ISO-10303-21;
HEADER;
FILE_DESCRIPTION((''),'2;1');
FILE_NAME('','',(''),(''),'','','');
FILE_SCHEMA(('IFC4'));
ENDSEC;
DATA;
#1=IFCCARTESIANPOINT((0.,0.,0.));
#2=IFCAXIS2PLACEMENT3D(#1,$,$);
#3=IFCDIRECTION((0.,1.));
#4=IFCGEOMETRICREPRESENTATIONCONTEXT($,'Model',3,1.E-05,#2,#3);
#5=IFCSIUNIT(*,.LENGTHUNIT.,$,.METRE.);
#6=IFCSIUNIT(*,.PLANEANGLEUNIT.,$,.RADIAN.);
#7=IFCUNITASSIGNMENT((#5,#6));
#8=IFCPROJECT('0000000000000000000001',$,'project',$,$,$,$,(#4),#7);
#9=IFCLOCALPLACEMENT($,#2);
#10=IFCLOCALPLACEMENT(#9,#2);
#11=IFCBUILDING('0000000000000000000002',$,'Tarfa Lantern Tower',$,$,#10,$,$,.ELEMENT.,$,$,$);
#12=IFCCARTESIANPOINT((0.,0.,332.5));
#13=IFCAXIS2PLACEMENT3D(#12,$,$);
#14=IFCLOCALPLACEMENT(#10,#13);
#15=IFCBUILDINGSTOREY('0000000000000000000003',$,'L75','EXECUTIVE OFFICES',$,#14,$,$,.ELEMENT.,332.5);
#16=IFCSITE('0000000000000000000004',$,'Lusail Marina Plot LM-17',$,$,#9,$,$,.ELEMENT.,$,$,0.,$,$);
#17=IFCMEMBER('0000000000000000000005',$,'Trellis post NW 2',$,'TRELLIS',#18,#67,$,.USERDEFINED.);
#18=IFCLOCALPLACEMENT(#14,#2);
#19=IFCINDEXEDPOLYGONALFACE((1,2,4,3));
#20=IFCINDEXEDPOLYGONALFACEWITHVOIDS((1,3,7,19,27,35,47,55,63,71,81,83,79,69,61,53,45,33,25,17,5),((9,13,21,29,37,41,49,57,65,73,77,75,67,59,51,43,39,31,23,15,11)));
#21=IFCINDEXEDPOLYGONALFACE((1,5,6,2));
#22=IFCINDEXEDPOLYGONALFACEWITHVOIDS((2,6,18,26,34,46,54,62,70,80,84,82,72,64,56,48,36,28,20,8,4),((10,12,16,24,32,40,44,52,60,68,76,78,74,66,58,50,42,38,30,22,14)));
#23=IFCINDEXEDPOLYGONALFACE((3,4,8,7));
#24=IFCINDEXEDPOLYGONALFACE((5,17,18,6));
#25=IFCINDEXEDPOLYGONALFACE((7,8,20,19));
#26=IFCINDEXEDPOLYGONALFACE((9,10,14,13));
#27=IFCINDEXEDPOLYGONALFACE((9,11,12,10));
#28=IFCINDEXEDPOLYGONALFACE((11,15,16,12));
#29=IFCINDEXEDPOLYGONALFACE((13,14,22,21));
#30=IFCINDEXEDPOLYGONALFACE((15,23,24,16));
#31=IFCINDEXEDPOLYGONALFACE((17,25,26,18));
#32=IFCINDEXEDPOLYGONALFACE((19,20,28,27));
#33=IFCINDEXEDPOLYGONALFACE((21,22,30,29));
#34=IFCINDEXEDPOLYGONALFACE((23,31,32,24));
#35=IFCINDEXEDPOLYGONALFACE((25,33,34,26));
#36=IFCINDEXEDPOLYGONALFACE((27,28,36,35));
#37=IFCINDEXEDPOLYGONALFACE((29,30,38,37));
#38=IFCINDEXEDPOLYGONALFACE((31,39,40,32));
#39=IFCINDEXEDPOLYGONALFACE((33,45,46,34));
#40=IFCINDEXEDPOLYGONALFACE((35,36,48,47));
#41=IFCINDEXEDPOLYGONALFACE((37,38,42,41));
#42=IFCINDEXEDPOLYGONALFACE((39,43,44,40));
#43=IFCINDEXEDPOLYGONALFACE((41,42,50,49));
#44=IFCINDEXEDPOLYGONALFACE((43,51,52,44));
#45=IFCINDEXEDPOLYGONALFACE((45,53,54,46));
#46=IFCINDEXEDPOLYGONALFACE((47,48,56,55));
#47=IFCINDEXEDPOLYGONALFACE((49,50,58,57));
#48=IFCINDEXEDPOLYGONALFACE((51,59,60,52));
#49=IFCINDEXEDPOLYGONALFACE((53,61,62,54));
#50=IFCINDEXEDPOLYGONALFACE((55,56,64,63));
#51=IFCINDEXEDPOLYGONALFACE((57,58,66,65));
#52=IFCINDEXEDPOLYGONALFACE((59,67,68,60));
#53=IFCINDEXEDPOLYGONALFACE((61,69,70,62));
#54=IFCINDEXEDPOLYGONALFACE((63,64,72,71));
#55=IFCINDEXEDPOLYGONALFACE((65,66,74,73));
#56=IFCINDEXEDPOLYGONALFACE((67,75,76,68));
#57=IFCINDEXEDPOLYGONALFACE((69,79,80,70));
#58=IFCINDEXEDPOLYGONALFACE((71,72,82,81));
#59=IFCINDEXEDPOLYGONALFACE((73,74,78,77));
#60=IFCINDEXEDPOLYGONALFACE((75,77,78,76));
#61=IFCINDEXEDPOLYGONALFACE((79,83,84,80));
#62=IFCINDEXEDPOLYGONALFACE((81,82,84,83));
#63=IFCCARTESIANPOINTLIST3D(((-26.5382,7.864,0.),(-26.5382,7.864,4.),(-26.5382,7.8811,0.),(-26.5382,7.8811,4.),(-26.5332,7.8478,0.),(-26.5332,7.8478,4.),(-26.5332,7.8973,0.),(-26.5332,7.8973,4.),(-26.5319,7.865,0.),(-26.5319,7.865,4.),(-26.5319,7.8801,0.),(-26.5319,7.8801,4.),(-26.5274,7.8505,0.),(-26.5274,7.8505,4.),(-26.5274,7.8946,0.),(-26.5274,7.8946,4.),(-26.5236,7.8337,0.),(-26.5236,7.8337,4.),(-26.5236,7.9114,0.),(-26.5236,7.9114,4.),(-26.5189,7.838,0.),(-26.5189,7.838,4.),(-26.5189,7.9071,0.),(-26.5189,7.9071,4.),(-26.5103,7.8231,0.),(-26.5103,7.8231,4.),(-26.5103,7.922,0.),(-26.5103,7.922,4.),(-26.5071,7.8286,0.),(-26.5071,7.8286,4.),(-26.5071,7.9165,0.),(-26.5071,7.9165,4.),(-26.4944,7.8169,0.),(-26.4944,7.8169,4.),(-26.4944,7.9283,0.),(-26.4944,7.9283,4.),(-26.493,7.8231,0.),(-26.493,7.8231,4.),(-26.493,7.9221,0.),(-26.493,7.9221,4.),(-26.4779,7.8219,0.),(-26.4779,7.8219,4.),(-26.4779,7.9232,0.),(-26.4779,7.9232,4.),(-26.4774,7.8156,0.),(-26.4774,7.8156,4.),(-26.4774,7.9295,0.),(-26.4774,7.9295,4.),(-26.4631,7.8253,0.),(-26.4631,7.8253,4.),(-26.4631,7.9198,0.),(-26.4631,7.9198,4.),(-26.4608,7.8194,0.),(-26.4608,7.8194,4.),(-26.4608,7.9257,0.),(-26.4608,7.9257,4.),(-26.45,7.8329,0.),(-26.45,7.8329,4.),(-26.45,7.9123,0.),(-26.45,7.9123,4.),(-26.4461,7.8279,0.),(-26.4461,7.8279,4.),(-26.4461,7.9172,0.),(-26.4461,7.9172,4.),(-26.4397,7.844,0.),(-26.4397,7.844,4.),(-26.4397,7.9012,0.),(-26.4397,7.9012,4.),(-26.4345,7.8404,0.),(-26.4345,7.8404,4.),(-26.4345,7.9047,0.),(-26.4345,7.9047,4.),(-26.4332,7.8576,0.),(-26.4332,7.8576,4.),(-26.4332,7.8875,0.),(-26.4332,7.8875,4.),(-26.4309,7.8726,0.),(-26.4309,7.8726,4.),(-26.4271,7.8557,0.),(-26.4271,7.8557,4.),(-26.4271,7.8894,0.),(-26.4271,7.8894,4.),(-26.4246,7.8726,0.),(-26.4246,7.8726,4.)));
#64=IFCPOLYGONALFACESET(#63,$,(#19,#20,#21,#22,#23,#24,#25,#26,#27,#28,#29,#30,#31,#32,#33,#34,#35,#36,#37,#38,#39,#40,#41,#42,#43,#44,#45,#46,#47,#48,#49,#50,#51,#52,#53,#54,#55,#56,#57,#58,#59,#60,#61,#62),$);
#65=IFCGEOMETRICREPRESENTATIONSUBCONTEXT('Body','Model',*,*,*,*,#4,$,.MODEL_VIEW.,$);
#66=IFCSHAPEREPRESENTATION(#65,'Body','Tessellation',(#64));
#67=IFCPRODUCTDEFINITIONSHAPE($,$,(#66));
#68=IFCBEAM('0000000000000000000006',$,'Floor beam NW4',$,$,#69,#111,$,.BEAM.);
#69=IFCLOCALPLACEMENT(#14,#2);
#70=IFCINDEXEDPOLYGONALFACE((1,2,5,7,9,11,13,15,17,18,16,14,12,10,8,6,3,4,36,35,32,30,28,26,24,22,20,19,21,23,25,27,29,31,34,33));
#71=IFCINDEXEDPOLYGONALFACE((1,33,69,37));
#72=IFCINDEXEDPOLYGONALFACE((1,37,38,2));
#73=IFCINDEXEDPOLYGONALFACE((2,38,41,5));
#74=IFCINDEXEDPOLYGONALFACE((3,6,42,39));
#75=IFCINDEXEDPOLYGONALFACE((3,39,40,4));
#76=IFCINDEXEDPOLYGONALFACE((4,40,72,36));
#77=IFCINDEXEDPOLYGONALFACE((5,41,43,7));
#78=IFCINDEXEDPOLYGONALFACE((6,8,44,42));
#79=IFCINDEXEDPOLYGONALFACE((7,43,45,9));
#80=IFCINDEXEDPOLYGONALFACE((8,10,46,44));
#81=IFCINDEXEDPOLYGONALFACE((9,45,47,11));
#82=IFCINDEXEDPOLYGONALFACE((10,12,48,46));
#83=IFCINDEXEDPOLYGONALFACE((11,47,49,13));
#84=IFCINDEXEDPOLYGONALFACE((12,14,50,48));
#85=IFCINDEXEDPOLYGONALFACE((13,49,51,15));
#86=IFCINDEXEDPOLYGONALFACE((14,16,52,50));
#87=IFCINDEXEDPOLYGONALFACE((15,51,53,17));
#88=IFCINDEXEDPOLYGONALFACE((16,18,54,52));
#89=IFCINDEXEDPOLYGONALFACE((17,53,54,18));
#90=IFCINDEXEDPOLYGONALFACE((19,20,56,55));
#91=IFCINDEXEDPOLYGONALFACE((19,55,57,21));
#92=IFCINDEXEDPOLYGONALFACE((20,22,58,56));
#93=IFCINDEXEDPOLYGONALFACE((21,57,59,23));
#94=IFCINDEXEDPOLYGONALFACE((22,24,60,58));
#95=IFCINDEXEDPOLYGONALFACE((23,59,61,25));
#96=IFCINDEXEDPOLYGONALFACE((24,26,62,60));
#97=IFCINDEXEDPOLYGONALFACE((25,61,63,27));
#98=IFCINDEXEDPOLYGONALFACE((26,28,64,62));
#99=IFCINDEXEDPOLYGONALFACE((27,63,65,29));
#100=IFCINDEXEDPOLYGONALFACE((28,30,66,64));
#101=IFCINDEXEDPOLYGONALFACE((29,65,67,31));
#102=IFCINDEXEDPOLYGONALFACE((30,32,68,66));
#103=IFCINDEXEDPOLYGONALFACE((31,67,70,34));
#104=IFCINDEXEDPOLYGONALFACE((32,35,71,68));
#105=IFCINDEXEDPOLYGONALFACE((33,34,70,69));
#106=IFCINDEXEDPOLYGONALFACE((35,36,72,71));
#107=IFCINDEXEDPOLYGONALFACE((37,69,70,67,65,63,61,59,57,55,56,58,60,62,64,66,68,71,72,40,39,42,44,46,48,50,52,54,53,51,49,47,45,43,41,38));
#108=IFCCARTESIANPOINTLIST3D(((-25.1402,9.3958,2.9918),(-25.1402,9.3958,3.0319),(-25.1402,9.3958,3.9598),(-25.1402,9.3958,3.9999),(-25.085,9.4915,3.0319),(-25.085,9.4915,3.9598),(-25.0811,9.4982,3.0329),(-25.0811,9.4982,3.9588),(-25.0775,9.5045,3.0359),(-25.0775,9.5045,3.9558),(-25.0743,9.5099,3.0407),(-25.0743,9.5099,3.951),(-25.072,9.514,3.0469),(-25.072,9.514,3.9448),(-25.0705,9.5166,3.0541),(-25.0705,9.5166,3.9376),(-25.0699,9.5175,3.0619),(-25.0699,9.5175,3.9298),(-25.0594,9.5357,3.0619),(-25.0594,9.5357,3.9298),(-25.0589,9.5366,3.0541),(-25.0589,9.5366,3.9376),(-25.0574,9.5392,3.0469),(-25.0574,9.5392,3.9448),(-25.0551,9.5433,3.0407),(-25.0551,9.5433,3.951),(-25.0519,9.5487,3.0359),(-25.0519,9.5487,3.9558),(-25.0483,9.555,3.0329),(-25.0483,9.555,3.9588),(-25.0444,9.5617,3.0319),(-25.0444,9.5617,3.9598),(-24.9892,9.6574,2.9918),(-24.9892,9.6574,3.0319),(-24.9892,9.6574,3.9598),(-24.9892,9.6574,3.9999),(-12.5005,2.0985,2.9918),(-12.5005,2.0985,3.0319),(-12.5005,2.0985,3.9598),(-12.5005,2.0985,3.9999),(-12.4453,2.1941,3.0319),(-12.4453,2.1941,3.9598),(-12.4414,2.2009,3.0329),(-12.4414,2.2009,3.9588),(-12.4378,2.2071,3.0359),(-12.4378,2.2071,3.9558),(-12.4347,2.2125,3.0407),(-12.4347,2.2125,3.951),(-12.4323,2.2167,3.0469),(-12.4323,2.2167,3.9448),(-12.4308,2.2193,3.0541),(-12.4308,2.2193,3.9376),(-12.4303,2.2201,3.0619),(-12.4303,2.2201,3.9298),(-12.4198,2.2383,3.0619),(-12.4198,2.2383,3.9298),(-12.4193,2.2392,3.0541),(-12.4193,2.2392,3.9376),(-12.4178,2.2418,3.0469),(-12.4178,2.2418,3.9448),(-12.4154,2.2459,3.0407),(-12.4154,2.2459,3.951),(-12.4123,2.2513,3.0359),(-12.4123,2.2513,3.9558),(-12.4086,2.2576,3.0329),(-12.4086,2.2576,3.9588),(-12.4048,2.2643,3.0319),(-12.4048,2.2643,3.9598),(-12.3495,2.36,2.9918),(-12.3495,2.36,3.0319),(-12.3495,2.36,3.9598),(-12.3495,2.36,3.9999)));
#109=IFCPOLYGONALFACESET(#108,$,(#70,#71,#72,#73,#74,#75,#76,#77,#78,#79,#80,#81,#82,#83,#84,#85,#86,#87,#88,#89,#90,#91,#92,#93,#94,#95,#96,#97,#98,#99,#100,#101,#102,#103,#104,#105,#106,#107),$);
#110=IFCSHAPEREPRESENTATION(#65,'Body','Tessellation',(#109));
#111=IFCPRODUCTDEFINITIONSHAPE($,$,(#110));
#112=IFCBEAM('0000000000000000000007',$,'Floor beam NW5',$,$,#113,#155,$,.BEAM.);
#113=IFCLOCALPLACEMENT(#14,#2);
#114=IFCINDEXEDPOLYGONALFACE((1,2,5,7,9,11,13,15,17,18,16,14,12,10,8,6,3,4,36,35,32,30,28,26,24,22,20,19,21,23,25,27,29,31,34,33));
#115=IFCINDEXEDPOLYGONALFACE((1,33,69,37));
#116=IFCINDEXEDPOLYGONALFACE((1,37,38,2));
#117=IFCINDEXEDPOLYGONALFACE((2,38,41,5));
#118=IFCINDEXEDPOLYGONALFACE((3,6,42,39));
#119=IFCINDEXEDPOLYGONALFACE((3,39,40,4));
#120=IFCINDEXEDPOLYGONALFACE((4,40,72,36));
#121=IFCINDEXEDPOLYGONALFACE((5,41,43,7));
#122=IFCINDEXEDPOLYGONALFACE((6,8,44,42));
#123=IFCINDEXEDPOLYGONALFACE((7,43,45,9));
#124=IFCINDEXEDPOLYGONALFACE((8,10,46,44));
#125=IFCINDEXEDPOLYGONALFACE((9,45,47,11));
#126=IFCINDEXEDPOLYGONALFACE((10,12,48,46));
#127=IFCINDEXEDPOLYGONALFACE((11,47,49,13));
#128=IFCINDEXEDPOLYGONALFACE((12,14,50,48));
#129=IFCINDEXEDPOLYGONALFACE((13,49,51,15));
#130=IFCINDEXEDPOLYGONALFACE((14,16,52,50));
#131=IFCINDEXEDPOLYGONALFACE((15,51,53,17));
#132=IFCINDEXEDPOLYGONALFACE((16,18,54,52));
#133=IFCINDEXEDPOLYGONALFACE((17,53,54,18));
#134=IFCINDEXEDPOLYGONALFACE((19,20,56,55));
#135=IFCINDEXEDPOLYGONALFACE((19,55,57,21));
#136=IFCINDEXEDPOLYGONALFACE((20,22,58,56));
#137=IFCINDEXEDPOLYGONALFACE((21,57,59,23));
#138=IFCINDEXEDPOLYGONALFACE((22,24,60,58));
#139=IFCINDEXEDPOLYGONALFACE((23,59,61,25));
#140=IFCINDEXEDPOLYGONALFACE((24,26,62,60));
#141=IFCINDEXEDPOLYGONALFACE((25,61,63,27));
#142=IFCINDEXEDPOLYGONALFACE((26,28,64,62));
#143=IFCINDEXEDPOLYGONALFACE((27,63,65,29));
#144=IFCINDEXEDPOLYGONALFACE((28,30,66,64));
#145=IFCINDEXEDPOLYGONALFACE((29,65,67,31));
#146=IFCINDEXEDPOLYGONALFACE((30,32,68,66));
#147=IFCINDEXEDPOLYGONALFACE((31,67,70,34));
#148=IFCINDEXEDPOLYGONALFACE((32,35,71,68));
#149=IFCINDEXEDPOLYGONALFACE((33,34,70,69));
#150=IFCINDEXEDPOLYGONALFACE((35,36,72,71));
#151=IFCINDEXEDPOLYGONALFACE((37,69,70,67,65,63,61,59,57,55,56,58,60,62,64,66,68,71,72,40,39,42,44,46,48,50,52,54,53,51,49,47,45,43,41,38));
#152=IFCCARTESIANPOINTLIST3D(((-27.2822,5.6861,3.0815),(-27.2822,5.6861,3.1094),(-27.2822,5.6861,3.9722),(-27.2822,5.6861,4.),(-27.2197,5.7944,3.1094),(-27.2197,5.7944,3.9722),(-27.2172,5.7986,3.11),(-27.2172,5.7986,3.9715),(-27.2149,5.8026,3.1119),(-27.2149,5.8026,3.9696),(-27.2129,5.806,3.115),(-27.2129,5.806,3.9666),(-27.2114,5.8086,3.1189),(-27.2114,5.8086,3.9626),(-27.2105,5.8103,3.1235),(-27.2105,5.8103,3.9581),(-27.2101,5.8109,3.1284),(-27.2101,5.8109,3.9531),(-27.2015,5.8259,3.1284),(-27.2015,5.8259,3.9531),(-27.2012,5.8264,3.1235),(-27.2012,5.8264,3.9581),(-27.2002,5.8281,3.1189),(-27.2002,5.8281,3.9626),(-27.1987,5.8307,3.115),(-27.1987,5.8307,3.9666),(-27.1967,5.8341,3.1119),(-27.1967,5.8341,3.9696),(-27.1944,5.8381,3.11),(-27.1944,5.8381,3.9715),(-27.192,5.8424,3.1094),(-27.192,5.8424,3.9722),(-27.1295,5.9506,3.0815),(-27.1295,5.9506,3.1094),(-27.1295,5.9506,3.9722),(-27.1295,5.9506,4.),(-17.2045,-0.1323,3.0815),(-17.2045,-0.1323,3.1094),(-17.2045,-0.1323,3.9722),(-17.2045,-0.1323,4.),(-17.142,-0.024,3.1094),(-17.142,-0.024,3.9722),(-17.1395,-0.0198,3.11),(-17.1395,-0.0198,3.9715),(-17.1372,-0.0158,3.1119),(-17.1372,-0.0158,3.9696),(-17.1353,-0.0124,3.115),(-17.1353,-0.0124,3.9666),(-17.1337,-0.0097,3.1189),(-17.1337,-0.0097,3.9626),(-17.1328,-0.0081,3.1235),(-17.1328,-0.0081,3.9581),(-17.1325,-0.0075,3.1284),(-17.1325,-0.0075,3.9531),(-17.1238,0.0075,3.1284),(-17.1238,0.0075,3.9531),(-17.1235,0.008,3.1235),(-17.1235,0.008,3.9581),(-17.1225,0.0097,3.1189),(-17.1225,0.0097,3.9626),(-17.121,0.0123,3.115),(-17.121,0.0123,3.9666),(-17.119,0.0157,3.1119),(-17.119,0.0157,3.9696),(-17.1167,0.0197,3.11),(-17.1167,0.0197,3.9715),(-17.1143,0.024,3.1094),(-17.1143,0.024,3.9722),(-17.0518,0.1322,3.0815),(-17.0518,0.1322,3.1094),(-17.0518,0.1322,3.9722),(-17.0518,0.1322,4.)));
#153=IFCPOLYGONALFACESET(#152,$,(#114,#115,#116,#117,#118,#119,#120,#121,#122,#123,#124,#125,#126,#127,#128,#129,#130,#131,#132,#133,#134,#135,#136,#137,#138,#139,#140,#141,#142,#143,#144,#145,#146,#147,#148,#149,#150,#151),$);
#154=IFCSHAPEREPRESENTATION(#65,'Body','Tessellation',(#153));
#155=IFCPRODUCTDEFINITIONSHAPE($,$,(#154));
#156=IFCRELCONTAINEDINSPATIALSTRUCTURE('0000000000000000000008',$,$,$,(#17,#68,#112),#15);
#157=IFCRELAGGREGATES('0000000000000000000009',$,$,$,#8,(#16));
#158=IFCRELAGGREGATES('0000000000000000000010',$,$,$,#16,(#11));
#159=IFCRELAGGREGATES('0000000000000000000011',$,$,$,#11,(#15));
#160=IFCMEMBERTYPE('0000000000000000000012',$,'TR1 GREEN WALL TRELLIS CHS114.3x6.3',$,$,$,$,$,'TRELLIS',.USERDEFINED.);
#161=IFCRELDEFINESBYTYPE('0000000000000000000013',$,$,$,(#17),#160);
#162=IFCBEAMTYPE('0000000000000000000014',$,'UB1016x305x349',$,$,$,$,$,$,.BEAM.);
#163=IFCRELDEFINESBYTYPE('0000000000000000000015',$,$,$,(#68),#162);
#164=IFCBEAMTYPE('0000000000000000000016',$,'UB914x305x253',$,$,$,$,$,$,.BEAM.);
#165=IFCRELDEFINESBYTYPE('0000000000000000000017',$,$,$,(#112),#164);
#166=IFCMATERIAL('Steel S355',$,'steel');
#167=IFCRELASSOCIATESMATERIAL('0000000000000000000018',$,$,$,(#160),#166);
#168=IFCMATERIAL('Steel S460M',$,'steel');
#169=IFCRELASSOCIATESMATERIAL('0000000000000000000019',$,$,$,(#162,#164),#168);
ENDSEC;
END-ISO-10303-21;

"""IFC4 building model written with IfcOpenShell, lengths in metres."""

from ifc_helpers import new_model, si_unit, direction, frame, origin, origin_2d, place, context, subcontext, project, spatial, hollow_circle, i_section, extrude, material, material_profile, profile_set, type_object, element, save


model = new_model("IFC4")

# Units and contexts
model_context = context("Model", 3, precision=1e-05, world=origin(), true_north=direction((0.0, 1.0)))
body_context = subcontext(model_context, "Body", "Model", "MODEL_VIEW")
ifc_project = project(units=[si_unit("LENGTHUNIT", "METRE"), si_unit("PLANEANGLEUNIT", "RADIAN")], contexts=[model_context])

# Site, building, storey
site_placement = place(None, origin())
site = spatial("IfcSite", under=ifc_project, at=site_placement, Name="Lusail Marina Plot LM-17", CompositionType="ELEMENT", RefElevation=0.0)
building_placement = place(site_placement, origin())
building = spatial("IfcBuilding", under=site, at=building_placement, Name="Tarfa Lantern Tower", CompositionType="ELEMENT")
storey_placement = place(building_placement, frame((0.0, 0.0, 332.5)))
storey = spatial("IfcBuildingStorey", under=building, at=storey_placement, Name="L75", Description="EXECUTIVE OFFICES", CompositionType="ELEMENT", Elevation=332.5)

# Member
ifc_material_1 = material(Name="Steel S355", Category="steel")
ifc_material_profile_1 = material_profile(ifc_material_1, hollow_circle(Radius=0.0571, WallThickness=0.0063, at=origin_2d()), Name="CHS114.3x6.3")
ifc_profile_set_1 = profile_set([ifc_material_profile_1], Name="Steel S355")
member_type_1 = type_object("IfcMemberType", Name="TR1 GREEN WALL TRELLIS CHS114.3x6.3", ElementType="TRELLIS", PredefinedType="USERDEFINED", material=ifc_profile_set_1)
member_1_placement = place(storey_placement, frame((-26.4817, 7.8726, 0.0), z_axis=(0.0, 0.0, 1.0), x_axis=(1.0, 0.0, 0.0)))
element("IfcMember", 1, at=member_1_placement, inside=storey, type_object=member_type_1, Name="Trellis post NW 2", ObjectType="TRELLIS", PredefinedType="USERDEFINED", context=body_context, shape_type="SweptSolid", body=[
    extrude(hollow_circle(Radius=0.0571, WallThickness=0.0063, at=origin_2d()), origin(), (0.0, 0.0, 1.0), 4.0),
])

# Beams
ifc_material_2 = material(Name="Steel S460M", Category="steel")
ifc_material_profile_2 = material_profile(ifc_material_2, i_section(OverallWidth=0.302, OverallDepth=1.0081, WebThickness=0.021, FlangeThickness=0.04, FilletRadius=0.03, at=origin_2d()), Name="UB1016x305x349")
ifc_profile_set_2 = profile_set([ifc_material_profile_2], Name="Steel S460M")
beam_type_1 = type_object("IfcBeamType", Name="UB1016x305x349", PredefinedType="BEAM", material=ifc_profile_set_2)
beam_1_placement = place(storey_placement, frame((-25.0647, 9.5266, 3.4958), z_axis=(0.86603, -0.499993, 0.0), x_axis=(0.499993, 0.86603, 0.0)))
element("IfcBeam", 2, at=beam_1_placement, inside=storey, type_object=beam_type_1, Name="Floor beam NW4", PredefinedType="BEAM", context=body_context, shape_type="SweptSolid", body=[
    extrude(i_section(OverallWidth=0.302, OverallDepth=1.0081, WebThickness=0.021, FlangeThickness=0.04, FilletRadius=0.03, at=origin_2d()), origin(), (0.0, 0.0, 1.0), 14.595),
])
ifc_material_profile_3 = material_profile(ifc_material_2, i_section(OverallWidth=0.3054, OverallDepth=0.9185, WebThickness=0.0173, FlangeThickness=0.0278, FilletRadius=0.019, at=origin_2d()), Name="UB914x305x253")
ifc_profile_set_3 = profile_set([ifc_material_profile_3], Name="Steel S460M")
beam_type_2 = type_object("IfcBeamType", Name="UB914x305x253", PredefinedType="BEAM", material=ifc_profile_set_3)
beam_2_placement = place(storey_placement, frame((-27.2058, 5.8184, 3.5408), z_axis=(0.866024, -0.500002, 0.0), x_axis=(0.500002, 0.866024, 0.0)))
element("IfcBeam", 3, at=beam_2_placement, inside=storey, type_object=beam_type_2, Name="Floor beam NW5", PredefinedType="BEAM", context=body_context, shape_type="SweptSolid", body=[
    extrude(i_section(OverallWidth=0.3054, OverallDepth=0.9185, WebThickness=0.0173, FlangeThickness=0.0278, FilletRadius=0.019, at=origin_2d()), origin(), (0.0, 0.0, 1.0), 11.6367),
])

save(model, "model.ifc")
